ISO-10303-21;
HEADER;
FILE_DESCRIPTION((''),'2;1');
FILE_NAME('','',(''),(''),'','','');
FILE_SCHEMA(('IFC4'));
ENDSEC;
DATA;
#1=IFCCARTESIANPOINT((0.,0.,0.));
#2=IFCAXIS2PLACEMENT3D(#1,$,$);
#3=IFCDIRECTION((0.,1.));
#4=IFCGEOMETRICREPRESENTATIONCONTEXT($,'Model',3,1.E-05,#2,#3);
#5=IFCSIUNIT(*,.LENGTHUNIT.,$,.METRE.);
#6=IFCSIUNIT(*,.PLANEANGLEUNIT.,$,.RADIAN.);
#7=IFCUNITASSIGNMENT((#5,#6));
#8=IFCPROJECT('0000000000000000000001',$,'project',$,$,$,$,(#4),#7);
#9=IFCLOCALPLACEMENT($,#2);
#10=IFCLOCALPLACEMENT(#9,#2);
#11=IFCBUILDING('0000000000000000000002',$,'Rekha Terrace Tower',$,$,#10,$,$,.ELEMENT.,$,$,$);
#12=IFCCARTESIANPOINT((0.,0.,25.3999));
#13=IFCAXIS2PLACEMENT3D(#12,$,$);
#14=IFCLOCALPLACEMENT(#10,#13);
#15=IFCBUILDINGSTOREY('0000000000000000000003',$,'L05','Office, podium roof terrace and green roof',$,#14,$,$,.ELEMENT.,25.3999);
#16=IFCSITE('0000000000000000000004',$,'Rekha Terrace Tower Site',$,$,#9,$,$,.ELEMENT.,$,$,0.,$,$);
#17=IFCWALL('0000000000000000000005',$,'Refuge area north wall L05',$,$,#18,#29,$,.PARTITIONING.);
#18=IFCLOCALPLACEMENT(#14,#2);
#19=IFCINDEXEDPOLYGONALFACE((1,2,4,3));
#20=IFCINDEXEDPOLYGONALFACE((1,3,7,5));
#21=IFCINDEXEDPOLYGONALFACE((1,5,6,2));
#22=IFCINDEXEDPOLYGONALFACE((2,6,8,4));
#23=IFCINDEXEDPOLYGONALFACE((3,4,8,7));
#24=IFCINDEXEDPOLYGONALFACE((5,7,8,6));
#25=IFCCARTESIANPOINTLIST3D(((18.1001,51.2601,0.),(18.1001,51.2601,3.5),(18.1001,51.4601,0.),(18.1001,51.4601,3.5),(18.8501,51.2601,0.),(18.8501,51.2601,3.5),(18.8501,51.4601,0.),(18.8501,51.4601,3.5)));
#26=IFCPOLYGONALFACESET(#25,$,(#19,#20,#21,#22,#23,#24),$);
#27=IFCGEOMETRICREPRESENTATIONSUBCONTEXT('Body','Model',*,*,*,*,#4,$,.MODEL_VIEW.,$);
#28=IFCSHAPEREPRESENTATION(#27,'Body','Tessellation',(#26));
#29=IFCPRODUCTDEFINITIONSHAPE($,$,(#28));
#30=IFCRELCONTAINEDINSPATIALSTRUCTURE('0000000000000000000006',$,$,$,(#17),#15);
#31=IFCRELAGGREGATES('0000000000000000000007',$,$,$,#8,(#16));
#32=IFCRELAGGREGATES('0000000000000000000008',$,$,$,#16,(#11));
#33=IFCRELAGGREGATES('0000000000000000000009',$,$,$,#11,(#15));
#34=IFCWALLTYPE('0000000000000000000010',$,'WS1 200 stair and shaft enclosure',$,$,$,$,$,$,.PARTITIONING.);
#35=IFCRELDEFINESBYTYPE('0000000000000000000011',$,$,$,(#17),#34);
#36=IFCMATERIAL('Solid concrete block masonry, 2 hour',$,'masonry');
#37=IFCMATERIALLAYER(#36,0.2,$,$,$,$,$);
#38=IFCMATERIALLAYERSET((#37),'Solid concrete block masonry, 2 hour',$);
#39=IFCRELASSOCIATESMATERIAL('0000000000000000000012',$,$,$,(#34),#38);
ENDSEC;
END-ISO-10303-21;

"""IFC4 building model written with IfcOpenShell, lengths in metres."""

from ifc_helpers import new_model, si_unit, direction, frame, frame_2d, origin, place, context, subcontext, project, spatial, rectangle, extrude, material, layer, layer_set, type_object, element, save


model = new_model("IFC4")

# Units and contexts
model_context = context("Model", 3, precision=1e-05, world=origin(), true_north=direction((0.0, 1.0)))
body_context = subcontext(model_context, "Body", "Model", "MODEL_VIEW")
ifc_project = project(units=[si_unit("LENGTHUNIT", "METRE"), si_unit("PLANEANGLEUNIT", "RADIAN")], contexts=[model_context])

# Site, building, storey
site_placement = place(None, origin())
site = spatial("IfcSite", under=ifc_project, at=site_placement, Name="Rekha Terrace Tower Site", CompositionType="ELEMENT", RefElevation=0.0)
building_placement = place(site_placement, origin())
building = spatial("IfcBuilding", under=site, at=building_placement, Name="Rekha Terrace Tower", CompositionType="ELEMENT")
storey_placement = place(building_placement, frame((0.0, 0.0, 25.3999)))
storey = spatial("IfcBuildingStorey", under=building, at=storey_placement, Name="L05", Description="Office, podium roof terrace and green roof", CompositionType="ELEMENT", Elevation=25.3999)

# Wall
ifc_material_1 = material(Name="Solid concrete block masonry, 2 hour", Category="masonry")
ifc_layer_1 = layer(ifc_material_1, 0.2)
ifc_layer_set_1 = layer_set([ifc_layer_1], Name="Solid concrete block masonry, 2 hour")
wall_type_1 = type_object("IfcWallType", Name="WS1 200 stair and shaft enclosure", PredefinedType="PARTITIONING", material=ifc_layer_set_1)
wall_1_placement = place(storey_placement, frame((18.1001, 51.3601, 0.0), z_axis=(0.0, 0.0, 1.0), x_axis=(1.0, 0.0, 0.0)))
element("IfcWall", 1, at=wall_1_placement, inside=storey, type_object=wall_type_1, Name="Refuge area north wall L05", PredefinedType="PARTITIONING", context=body_context, shape_type="SweptSolid", body=[
    extrude(rectangle(XDim=0.75, YDim=0.2, at=frame_2d((0.375, 0.0))), origin(), (0.0, 0.0, 1.0), 3.5),
])

save(model, "model.ifc")
